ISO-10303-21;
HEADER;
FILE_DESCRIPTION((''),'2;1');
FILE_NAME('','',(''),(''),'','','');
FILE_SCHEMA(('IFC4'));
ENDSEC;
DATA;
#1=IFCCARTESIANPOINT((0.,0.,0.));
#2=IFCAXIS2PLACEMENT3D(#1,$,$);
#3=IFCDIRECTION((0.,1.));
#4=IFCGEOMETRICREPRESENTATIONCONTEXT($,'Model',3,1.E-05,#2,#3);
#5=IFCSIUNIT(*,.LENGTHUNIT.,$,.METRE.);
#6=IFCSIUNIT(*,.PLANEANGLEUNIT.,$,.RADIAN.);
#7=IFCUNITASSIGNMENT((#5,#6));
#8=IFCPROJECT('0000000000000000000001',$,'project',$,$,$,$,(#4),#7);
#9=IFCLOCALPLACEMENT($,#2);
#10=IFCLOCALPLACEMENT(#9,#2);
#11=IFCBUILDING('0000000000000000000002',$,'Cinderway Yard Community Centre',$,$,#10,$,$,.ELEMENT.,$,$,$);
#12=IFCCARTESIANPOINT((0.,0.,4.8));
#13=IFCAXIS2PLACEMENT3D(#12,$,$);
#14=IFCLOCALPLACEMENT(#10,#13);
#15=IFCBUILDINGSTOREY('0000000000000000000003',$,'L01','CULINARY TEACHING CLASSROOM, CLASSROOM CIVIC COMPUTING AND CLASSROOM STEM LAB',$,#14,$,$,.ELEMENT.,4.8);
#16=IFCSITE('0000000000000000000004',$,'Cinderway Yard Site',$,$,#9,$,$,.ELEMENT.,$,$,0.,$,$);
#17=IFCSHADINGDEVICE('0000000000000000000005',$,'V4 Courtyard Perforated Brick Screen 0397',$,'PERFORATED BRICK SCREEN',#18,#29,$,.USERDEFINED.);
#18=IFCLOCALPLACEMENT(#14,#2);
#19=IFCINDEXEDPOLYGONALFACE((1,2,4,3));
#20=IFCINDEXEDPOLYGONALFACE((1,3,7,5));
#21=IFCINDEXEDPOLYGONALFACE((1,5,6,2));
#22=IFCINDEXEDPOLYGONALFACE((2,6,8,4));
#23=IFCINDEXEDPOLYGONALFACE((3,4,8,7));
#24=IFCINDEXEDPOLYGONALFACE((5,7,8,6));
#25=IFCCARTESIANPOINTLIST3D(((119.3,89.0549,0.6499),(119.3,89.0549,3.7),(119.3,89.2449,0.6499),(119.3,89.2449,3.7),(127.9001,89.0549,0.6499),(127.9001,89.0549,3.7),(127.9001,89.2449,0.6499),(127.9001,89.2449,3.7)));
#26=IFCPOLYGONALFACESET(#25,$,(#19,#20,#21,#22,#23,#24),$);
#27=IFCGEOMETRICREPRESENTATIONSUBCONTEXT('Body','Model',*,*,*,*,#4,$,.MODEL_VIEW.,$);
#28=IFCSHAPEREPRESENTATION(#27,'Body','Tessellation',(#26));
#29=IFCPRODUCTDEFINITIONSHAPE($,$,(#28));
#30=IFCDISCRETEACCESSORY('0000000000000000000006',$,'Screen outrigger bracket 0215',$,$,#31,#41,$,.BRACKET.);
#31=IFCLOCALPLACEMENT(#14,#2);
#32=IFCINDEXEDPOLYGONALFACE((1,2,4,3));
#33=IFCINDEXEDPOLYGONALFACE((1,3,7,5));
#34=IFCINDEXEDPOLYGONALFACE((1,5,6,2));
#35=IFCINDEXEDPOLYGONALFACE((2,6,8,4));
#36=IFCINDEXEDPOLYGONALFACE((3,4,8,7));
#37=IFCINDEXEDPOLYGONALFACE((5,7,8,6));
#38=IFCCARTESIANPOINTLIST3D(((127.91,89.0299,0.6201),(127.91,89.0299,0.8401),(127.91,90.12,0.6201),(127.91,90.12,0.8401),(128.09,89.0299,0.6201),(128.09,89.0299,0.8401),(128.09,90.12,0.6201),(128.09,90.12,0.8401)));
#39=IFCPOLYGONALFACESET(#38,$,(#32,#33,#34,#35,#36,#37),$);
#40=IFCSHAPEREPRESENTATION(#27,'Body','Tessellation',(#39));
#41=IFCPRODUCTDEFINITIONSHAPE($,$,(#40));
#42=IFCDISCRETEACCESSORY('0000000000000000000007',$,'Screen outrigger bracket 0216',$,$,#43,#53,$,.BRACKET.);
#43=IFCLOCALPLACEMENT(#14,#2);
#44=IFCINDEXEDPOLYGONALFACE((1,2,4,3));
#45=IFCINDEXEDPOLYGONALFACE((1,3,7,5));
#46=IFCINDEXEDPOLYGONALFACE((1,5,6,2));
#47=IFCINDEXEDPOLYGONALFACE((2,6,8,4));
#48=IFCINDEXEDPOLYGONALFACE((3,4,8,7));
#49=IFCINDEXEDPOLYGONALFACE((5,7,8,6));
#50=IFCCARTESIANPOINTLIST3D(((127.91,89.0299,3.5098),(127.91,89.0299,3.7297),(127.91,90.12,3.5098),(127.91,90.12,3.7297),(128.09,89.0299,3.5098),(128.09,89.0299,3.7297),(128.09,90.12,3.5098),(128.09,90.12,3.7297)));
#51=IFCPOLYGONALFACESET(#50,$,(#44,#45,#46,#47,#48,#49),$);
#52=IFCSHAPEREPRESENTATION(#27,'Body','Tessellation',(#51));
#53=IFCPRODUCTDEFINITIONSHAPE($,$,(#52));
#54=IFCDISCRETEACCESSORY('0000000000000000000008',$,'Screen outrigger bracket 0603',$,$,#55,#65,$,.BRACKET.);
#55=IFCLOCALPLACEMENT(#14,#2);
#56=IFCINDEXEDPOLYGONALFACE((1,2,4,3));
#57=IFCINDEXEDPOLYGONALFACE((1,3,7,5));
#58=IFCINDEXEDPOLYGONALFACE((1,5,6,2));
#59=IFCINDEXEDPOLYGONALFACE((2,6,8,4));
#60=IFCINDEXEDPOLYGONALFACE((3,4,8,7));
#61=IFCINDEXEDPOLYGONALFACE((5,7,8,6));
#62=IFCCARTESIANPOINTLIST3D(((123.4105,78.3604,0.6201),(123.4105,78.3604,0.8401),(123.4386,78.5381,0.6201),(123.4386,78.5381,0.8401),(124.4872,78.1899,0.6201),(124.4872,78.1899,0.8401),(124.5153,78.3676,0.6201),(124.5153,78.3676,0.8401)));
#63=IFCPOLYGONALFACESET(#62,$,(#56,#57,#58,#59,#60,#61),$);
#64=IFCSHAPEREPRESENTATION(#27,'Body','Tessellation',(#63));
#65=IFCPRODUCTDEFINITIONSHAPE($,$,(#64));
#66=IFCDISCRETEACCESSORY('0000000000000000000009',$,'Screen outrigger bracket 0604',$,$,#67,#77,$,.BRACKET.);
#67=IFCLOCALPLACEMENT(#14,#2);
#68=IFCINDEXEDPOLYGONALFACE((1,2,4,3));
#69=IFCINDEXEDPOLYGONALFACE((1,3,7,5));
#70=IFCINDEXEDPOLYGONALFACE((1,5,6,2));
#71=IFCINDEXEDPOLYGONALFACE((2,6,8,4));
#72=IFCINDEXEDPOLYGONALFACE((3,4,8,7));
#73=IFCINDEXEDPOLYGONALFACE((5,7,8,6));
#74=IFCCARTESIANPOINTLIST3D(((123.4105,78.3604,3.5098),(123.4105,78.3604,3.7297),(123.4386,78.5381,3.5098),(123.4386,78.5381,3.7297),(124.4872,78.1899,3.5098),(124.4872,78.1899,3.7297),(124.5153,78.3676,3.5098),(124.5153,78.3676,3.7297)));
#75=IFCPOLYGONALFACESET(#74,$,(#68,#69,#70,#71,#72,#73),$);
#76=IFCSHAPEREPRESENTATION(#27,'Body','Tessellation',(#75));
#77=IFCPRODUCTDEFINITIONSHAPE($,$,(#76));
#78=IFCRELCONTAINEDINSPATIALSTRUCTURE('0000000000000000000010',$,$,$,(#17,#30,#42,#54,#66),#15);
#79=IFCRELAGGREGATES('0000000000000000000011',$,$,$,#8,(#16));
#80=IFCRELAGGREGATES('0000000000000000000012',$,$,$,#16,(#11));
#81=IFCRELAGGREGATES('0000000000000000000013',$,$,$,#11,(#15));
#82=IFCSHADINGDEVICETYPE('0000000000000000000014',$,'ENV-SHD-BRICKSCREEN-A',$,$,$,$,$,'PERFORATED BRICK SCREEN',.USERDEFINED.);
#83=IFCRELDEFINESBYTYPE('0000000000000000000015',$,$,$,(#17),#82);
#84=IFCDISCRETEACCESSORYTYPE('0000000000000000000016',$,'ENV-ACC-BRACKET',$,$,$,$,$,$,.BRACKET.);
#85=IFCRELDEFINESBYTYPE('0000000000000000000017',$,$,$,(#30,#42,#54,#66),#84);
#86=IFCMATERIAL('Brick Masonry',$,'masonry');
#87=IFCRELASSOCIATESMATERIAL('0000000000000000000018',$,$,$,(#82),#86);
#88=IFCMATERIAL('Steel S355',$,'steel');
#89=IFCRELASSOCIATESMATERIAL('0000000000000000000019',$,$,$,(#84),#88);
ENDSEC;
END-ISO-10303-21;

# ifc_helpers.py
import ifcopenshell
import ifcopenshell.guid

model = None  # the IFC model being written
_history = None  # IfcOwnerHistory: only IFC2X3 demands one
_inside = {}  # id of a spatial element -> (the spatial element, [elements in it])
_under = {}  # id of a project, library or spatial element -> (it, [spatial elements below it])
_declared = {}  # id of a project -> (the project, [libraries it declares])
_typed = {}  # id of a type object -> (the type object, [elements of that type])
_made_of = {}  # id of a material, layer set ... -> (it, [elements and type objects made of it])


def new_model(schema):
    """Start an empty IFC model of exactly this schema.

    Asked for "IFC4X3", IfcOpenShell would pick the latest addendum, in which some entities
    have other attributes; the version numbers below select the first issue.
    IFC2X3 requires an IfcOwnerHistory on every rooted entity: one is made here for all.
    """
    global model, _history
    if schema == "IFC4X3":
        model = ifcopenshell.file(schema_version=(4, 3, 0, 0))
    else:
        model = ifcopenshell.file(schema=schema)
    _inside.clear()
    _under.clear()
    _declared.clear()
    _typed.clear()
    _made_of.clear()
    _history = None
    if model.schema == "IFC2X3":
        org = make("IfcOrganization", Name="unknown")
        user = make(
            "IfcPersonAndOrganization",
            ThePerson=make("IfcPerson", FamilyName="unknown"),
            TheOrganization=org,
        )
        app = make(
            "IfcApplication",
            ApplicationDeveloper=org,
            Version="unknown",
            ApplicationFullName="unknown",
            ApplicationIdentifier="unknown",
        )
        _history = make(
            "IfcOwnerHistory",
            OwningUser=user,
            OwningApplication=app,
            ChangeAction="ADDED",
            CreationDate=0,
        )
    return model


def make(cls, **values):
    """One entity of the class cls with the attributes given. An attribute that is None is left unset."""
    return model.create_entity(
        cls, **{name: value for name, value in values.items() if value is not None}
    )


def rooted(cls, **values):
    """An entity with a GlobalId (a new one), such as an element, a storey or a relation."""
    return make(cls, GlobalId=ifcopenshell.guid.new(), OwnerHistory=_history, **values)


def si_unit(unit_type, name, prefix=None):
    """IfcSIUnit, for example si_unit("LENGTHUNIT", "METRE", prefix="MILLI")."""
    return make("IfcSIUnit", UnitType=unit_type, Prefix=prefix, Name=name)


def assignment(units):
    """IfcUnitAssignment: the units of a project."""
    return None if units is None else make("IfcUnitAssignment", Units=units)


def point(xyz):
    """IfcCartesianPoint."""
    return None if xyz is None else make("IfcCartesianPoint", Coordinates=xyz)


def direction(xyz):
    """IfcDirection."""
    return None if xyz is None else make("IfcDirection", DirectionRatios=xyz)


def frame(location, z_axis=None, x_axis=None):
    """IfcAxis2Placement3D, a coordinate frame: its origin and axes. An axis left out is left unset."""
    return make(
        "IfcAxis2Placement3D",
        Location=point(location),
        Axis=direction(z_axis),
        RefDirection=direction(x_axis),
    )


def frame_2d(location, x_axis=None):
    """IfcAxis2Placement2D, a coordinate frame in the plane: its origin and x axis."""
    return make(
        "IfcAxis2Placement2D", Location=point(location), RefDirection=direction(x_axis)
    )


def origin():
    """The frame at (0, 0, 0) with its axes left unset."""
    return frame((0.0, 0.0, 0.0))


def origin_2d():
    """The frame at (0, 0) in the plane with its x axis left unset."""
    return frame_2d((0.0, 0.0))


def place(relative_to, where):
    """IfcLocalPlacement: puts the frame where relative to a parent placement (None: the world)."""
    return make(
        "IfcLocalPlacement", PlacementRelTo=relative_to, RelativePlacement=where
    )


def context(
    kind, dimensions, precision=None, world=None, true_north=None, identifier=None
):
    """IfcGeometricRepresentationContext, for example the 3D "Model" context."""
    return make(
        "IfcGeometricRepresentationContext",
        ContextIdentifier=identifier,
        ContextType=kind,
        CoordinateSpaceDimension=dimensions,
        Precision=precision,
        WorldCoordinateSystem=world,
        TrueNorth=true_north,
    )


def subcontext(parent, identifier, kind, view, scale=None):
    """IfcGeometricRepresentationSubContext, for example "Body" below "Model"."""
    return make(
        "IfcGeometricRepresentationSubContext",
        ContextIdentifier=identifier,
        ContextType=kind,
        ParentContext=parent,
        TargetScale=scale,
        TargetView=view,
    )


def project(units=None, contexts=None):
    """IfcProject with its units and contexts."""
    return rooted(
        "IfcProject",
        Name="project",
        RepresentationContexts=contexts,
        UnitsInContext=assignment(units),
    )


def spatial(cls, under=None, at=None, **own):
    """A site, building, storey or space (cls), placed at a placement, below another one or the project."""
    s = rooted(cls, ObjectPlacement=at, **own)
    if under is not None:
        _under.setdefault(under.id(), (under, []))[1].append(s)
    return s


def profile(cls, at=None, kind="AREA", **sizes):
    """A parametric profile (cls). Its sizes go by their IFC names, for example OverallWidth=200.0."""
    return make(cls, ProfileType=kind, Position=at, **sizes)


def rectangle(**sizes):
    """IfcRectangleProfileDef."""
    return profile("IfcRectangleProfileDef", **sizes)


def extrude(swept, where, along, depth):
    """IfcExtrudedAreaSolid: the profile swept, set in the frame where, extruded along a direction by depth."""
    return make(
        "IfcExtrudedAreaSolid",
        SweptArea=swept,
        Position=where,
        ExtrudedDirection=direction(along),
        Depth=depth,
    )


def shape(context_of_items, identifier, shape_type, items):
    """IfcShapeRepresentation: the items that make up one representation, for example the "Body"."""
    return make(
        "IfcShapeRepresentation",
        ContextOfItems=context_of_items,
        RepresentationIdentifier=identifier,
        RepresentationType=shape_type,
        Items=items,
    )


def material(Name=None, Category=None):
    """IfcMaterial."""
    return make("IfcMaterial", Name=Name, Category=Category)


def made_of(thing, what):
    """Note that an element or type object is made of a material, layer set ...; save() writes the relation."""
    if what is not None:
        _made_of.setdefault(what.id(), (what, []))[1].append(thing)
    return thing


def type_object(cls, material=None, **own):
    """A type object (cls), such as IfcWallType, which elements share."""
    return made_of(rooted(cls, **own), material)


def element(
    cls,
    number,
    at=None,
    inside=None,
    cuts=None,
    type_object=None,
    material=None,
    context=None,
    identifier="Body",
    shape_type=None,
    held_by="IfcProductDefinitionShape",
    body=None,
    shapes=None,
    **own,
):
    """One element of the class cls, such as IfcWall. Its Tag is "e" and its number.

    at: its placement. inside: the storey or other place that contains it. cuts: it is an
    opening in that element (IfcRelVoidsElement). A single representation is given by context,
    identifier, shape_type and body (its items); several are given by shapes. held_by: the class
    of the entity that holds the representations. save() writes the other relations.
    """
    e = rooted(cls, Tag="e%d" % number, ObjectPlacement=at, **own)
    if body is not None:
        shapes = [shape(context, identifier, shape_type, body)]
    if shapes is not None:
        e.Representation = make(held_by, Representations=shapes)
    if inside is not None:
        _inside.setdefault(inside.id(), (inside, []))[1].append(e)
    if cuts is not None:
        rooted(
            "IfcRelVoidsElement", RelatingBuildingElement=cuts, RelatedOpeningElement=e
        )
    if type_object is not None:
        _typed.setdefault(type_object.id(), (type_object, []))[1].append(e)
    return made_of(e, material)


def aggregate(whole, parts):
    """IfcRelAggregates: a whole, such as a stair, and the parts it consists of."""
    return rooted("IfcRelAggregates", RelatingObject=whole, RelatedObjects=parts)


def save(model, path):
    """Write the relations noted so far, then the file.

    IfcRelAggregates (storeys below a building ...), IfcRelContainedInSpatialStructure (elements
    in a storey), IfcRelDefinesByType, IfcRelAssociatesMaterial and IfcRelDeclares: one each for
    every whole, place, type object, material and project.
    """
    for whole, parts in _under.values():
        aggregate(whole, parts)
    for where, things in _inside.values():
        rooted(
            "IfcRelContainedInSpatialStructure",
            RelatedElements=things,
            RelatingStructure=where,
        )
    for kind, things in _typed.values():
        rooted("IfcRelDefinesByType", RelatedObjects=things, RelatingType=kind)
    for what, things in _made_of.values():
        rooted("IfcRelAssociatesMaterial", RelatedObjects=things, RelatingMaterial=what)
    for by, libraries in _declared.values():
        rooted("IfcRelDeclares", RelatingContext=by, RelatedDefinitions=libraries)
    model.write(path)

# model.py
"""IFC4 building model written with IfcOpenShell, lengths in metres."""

from ifc_helpers import new_model, si_unit, direction, frame, origin, origin_2d, place, context, subcontext, project, spatial, rectangle, extrude, material, type_object, element, save


model = new_model("IFC4")

# Units and contexts
model_context = context("Model", 3, precision=1e-05, world=origin(), true_north=direction((0.0, 1.0)))
body_context = subcontext(model_context, "Body", "Model", "MODEL_VIEW")
ifc_project = project(units=[si_unit("LENGTHUNIT", "METRE"), si_unit("PLANEANGLEUNIT", "RADIAN")], contexts=[model_context])

# Site, building, storey
site_placement = place(None, origin())
site = spatial("IfcSite", under=ifc_project, at=site_placement, Name="Cinderway Yard Site", CompositionType="ELEMENT", RefElevation=0.0)
building_placement = place(site_placement, origin())
building = spatial("IfcBuilding", under=site, at=building_placement, Name="Cinderway Yard Community Centre", CompositionType="ELEMENT")
storey_placement = place(building_placement, frame((0.0, 0.0, 4.8)))
storey = spatial("IfcBuildingStorey", under=building, at=storey_placement, Name="L01", Description="CULINARY TEACHING CLASSROOM, CLASSROOM CIVIC COMPUTING AND CLASSROOM STEM LAB", CompositionType="ELEMENT", Elevation=4.8)

# Shared definitions
ifc_material_1 = material(Name="Steel S355", Category="steel")

# Shared definitions
ifc_material_2 = material(Name="Brick Masonry", Category="masonry")

# Shading device
shading_device_type = type_object("IfcShadingDeviceType", Name="ENV-SHD-BRICKSCREEN-A", ElementType="PERFORATED BRICK SCREEN", PredefinedType="USERDEFINED", material=ifc_material_2)
shading_device_placement = place(storey_placement, frame((123.6001, 89.1499, 0.6499), z_axis=(0.0, 0.0, 1.0), x_axis=(-1.0, 0.0, 0.0)))
element("IfcShadingDevice", 1, at=shading_device_placement, inside=storey, type_object=shading_device_type, Name="V4 Courtyard Perforated Brick Screen 0397", ObjectType="PERFORATED BRICK SCREEN", PredefinedType="USERDEFINED", context=body_context, shape_type="SweptSolid", body=[
    extrude(rectangle(XDim=8.6001, YDim=0.1899, at=origin_2d()), origin(), (0.0, 0.0, 1.0), 3.05),
])

# Discrete accessories
discrete_accessory_type = type_object("IfcDiscreteAccessoryType", Name="ENV-ACC-BRACKET", PredefinedType="BRACKET", material=ifc_material_1)
for number, where, z_axis, x_axis, name in (
    (2, (128.0, 89.575, 0.6201), (0.0, 0.0, 1.0), (0.0, -1.0, 0.0), "Screen outrigger bracket 0215"),
    (3, (128.0, 89.575, 3.5098), (0.0, 0.0, 1.0), (0.0, -1.0, 0.0), "Screen outrigger bracket 0216"),
    (4, (123.9629, 78.364, 0.6201), (0.0, 0.0, 1.0), (-0.987688, 0.156434, 0.0), "Screen outrigger bracket 0603"),
    (5, (123.9629, 78.364, 3.5098), (0.0, 0.0, 1.0), (-0.987688, 0.156434, 0.0), "Screen outrigger bracket 0604"),
):
    element("IfcDiscreteAccessory", number, at=place(storey_placement, frame(where, z_axis=z_axis, x_axis=x_axis)), inside=storey, type_object=discrete_accessory_type, Name=name, PredefinedType="BRACKET", context=body_context, shape_type="SweptSolid", body=[
        extrude(rectangle(XDim=1.0901, YDim=0.1799, at=origin_2d()), origin(), (0.0, 0.0, 1.0), 0.22),
    ])

save(model, "model.ifc")
